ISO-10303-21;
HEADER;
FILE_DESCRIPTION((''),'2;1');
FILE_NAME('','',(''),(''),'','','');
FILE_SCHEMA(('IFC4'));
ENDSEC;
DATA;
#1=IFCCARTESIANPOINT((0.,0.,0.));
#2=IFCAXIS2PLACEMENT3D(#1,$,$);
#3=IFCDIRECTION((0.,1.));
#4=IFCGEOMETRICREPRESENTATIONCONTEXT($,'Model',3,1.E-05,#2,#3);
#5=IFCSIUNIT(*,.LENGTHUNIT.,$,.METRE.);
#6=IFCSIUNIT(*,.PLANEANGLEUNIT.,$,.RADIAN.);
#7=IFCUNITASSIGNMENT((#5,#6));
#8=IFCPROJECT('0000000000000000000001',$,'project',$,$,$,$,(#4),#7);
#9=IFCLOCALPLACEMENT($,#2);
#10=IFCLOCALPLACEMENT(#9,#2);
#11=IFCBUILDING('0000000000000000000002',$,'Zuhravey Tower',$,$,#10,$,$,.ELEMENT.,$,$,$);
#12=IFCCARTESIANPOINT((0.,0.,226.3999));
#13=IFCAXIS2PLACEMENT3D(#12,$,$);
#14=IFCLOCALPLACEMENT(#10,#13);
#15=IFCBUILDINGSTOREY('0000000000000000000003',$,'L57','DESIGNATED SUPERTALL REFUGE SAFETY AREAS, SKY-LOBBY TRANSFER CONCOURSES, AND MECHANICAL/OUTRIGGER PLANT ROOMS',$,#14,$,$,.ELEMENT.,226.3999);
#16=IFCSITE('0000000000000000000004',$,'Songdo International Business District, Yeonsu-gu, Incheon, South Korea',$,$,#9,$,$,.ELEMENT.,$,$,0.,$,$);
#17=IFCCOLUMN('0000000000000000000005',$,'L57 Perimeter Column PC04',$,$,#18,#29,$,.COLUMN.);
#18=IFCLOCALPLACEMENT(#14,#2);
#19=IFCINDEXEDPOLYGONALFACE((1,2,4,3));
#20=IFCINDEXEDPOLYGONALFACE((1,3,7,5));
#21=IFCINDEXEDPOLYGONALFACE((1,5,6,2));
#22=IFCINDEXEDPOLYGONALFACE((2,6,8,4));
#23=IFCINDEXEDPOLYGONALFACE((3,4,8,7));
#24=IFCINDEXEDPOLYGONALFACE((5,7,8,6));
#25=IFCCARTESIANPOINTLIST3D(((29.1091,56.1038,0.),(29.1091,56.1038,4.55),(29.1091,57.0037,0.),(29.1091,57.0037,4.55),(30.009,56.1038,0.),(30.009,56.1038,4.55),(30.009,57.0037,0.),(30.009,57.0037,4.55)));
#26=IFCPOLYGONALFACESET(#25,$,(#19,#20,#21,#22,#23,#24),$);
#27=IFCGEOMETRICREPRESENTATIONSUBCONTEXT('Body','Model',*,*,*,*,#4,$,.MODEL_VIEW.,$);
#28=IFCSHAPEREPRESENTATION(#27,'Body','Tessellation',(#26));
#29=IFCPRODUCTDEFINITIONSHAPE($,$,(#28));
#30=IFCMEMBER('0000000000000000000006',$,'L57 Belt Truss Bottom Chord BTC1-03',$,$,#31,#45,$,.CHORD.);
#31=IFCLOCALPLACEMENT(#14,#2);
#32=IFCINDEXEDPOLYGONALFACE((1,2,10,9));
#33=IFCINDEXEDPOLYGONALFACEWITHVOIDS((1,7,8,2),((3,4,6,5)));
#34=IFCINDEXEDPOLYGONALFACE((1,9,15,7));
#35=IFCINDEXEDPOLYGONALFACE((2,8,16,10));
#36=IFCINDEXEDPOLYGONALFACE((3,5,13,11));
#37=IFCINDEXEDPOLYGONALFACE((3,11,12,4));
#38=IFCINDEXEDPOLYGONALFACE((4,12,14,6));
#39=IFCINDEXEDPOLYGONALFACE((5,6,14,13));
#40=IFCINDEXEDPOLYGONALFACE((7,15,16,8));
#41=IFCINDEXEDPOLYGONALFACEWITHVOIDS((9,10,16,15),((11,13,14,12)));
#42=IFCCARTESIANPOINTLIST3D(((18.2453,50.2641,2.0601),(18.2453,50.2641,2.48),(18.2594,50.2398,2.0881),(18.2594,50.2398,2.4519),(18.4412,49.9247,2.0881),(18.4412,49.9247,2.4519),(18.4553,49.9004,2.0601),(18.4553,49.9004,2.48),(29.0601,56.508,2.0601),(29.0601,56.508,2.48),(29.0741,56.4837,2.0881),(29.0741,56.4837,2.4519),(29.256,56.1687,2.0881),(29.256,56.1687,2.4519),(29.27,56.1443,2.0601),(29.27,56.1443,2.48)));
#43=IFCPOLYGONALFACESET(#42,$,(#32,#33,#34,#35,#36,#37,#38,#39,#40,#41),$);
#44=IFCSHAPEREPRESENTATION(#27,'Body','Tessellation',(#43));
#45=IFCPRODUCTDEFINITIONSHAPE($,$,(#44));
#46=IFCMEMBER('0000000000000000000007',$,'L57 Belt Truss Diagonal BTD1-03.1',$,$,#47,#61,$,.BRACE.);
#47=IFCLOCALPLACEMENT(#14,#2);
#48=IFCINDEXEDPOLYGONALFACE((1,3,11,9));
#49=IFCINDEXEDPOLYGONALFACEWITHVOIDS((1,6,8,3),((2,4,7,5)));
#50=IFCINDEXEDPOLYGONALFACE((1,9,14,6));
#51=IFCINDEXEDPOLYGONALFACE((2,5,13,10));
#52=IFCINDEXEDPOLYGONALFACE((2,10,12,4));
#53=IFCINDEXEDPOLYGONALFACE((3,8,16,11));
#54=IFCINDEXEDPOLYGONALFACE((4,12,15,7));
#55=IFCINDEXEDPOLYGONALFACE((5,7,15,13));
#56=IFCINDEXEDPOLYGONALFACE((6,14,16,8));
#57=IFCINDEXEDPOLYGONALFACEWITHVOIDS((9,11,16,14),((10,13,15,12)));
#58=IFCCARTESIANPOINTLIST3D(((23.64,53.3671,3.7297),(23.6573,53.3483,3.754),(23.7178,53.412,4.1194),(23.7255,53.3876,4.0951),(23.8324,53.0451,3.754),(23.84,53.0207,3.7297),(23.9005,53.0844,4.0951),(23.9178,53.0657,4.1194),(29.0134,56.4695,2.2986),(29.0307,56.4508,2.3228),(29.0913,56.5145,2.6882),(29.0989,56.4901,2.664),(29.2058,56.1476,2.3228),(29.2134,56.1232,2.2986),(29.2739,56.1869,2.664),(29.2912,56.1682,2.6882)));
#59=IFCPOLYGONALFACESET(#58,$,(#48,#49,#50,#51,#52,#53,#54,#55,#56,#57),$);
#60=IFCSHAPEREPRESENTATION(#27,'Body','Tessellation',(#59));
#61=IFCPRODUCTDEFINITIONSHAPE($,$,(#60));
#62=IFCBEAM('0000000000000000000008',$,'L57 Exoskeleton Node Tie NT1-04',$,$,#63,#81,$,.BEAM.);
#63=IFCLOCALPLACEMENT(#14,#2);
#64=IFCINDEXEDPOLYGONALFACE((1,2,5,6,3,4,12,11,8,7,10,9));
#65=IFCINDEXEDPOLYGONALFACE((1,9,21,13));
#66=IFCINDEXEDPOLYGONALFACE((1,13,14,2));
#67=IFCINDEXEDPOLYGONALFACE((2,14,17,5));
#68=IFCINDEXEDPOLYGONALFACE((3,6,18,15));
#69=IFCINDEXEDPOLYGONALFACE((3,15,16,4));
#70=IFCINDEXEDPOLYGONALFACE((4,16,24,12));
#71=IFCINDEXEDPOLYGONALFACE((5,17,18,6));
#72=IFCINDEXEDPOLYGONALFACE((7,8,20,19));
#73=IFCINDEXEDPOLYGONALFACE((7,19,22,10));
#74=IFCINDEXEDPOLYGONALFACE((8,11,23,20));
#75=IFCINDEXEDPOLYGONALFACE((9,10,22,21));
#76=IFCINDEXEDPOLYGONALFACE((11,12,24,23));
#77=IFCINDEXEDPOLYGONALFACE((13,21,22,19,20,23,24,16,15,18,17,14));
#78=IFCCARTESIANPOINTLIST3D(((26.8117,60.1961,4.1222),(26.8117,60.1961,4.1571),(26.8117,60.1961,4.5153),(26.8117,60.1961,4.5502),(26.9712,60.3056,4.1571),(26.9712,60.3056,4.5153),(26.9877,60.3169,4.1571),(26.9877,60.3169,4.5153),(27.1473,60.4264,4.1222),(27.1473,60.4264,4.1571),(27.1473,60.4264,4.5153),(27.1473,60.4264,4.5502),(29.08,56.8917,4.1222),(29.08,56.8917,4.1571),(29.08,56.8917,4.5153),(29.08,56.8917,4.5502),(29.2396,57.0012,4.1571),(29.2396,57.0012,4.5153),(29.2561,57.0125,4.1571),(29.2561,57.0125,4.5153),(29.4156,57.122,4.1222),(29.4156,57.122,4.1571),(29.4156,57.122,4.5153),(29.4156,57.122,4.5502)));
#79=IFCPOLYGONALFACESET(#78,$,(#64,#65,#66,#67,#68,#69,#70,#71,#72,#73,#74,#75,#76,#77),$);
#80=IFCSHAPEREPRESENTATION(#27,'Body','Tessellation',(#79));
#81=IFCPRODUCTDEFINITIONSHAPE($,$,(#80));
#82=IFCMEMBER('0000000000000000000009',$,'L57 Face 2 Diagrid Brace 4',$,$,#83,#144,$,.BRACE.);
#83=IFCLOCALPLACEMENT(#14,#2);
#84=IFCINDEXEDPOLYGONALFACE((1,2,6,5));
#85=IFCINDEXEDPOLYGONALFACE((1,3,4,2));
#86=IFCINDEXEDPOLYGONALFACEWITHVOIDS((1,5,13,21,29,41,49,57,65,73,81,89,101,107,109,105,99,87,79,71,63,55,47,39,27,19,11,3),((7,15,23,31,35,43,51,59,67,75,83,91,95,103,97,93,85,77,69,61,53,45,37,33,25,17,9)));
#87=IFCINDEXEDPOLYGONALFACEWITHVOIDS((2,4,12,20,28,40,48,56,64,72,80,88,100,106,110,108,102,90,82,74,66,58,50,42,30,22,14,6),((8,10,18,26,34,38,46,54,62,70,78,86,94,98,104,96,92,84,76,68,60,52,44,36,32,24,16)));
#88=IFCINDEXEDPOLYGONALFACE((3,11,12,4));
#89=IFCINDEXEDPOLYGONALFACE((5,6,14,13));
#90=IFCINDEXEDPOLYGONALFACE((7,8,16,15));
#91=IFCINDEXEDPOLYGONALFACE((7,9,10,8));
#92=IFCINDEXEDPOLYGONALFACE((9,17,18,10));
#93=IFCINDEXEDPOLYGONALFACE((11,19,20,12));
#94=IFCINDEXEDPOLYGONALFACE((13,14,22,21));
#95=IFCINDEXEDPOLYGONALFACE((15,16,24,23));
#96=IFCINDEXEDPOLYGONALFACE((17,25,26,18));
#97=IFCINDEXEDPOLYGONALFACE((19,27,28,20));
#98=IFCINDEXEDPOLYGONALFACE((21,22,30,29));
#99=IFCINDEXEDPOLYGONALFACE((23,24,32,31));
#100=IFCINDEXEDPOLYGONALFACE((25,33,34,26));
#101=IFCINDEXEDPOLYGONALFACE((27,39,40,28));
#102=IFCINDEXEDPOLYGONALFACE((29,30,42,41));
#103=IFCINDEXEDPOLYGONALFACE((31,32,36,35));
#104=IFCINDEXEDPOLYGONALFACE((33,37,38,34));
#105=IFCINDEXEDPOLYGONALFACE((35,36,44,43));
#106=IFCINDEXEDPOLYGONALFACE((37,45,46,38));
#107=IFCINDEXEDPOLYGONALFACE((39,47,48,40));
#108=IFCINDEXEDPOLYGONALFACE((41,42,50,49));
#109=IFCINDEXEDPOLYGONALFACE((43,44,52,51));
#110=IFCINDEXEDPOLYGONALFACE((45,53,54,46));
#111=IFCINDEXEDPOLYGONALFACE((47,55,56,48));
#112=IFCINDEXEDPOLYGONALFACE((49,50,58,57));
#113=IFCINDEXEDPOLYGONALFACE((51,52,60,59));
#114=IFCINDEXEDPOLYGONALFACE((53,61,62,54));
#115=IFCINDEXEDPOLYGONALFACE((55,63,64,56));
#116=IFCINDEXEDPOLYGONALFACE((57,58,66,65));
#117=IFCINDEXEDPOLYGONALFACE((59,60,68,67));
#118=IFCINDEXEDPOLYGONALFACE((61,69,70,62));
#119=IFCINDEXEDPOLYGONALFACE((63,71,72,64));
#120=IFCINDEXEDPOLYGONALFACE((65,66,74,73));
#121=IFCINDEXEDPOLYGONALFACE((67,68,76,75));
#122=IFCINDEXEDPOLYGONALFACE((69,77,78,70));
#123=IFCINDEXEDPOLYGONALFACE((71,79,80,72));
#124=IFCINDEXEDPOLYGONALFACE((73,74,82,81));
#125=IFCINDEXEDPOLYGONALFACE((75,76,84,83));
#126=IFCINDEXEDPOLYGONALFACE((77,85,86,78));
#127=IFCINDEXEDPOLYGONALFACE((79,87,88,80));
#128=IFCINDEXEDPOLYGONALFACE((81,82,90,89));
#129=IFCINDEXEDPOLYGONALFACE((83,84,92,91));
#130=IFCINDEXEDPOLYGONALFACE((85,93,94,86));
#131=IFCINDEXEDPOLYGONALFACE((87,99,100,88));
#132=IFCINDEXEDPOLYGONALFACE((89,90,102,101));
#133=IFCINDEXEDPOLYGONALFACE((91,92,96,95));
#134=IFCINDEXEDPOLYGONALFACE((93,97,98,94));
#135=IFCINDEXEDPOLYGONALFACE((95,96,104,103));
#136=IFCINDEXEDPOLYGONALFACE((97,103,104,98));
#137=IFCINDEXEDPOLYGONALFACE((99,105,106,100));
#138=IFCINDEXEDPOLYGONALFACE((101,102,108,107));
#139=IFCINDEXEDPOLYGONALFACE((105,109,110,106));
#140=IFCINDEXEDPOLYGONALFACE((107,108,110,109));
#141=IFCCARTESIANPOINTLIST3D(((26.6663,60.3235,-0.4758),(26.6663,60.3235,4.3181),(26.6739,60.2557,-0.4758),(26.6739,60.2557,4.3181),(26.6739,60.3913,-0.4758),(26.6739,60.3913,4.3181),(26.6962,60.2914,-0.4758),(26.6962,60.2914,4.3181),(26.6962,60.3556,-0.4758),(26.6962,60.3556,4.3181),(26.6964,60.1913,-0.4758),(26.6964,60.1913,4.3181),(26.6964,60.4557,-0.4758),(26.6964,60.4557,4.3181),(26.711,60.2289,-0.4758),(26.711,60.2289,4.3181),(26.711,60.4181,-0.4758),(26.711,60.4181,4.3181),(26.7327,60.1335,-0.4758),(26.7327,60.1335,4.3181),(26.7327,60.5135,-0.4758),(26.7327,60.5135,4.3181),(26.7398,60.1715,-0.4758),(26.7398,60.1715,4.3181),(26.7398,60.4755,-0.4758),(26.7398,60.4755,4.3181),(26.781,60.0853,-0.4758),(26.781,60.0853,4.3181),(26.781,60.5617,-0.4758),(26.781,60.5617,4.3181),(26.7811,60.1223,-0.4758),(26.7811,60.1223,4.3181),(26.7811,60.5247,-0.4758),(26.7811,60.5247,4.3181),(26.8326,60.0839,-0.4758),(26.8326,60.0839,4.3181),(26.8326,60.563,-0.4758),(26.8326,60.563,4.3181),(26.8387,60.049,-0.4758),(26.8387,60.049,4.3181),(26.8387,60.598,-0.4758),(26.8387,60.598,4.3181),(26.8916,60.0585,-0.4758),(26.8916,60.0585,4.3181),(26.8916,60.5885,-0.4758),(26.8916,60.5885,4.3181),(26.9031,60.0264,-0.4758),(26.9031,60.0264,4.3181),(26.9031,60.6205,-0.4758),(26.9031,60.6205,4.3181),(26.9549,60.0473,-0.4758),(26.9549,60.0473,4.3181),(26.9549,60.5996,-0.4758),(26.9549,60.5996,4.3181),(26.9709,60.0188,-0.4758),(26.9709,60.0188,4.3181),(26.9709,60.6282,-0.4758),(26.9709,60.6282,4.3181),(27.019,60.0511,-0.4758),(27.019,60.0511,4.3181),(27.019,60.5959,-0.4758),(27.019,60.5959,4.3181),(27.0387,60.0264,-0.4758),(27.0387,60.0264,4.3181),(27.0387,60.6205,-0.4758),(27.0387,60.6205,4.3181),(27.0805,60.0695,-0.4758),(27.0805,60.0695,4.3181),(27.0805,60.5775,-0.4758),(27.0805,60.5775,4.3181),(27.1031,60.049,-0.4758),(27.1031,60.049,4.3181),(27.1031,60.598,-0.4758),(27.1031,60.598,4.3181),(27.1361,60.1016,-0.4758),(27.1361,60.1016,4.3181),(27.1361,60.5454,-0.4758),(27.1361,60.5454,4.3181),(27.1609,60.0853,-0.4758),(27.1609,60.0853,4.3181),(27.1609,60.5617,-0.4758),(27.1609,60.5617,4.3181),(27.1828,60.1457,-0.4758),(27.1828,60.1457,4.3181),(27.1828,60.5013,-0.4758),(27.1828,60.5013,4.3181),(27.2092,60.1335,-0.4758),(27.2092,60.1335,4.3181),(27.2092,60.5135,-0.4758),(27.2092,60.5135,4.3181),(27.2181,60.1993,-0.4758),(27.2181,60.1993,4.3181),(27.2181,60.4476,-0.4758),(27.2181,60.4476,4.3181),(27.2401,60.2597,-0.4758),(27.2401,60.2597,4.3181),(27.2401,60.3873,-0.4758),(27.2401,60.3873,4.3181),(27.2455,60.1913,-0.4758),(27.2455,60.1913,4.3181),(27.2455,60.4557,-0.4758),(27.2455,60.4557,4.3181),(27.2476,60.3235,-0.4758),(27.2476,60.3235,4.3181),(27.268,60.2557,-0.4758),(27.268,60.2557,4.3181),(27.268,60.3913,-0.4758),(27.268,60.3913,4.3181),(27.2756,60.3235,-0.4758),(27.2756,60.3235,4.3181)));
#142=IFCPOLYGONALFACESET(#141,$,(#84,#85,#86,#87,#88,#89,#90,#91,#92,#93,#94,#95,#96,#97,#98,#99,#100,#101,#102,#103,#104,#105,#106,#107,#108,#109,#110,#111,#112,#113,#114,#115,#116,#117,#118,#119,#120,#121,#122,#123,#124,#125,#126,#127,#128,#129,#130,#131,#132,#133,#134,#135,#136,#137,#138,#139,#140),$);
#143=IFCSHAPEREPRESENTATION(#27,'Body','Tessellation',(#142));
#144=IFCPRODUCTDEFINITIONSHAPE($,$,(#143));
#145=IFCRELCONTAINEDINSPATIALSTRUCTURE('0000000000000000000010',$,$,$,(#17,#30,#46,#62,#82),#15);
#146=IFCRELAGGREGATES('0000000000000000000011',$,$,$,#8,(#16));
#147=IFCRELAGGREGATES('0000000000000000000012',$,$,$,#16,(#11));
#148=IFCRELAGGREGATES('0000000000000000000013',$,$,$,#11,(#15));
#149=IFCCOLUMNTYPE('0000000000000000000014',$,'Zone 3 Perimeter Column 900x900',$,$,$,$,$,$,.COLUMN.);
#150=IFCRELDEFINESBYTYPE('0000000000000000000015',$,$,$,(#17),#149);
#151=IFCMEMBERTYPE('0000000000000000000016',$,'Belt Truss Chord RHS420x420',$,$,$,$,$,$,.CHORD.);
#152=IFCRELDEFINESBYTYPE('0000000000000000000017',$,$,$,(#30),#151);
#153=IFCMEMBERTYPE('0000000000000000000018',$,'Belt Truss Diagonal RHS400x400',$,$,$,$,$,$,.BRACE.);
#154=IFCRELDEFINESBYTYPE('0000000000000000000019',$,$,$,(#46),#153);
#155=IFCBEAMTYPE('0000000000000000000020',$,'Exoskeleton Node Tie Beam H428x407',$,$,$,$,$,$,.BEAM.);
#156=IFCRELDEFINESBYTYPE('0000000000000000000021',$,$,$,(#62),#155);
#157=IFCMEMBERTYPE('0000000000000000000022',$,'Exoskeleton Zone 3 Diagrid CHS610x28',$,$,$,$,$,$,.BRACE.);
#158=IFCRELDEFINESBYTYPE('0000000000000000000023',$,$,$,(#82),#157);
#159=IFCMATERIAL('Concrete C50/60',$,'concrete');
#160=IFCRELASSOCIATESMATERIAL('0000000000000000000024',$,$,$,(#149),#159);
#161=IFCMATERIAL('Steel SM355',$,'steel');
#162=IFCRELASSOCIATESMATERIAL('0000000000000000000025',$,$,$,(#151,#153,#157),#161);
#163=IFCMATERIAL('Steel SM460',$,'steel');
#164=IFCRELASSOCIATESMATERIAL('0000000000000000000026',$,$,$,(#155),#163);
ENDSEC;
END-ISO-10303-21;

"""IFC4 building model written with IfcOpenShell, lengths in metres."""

from ifc_helpers import new_model, si_unit, direction, frame, origin, origin_2d, place, context, subcontext, project, spatial, rectangle, hollow_rectangle, hollow_circle, i_section, extrude, material, material_profile, profile_set, type_object, element, save


model = new_model("IFC4")

# Units and contexts
model_context = context("Model", 3, precision=1e-05, world=origin(), true_north=direction((0.0, 1.0)))
body_context = subcontext(model_context, "Body", "Model", "MODEL_VIEW")
ifc_project = project(units=[si_unit("LENGTHUNIT", "METRE"), si_unit("PLANEANGLEUNIT", "RADIAN")], contexts=[model_context])

# Site, building, storey
site_placement = place(None, origin())
site = spatial("IfcSite", under=ifc_project, at=site_placement, Name="Songdo International Business District, Yeonsu-gu, Incheon, South Korea", CompositionType="ELEMENT", RefElevation=0.0)
building_placement = place(site_placement, origin())
building = spatial("IfcBuilding", under=site, at=building_placement, Name="Zuhravey Tower", CompositionType="ELEMENT")
storey_placement = place(building_placement, frame((0.0, 0.0, 226.3999)))
storey = spatial("IfcBuildingStorey", under=building, at=storey_placement, Name="L57", Description="DESIGNATED SUPERTALL REFUGE SAFETY AREAS, SKY-LOBBY TRANSFER CONCOURSES, AND MECHANICAL/OUTRIGGER PLANT ROOMS", CompositionType="ELEMENT", Elevation=226.3999)

# Column
ifc_material_1 = material(Name="Concrete C50/60", Category="concrete")
ifc_material_profile_1 = material_profile(ifc_material_1, rectangle(XDim=0.8999, YDim=0.8999, at=origin_2d()), Name="RC-900x900")
ifc_profile_set_1 = profile_set([ifc_material_profile_1], Name="Concrete C50/60")
column_type = type_object("IfcColumnType", Name="Zone 3 Perimeter Column 900x900", PredefinedType="COLUMN", material=ifc_profile_set_1)
column_placement = place(storey_placement, frame((29.5591, 56.5537, 0.0), z_axis=(0.0, 0.0, 1.0), x_axis=(-1.0, 0.0, 0.0)))
element("IfcColumn", 1, at=column_placement, inside=storey, type_object=column_type, Name="L57 Perimeter Column PC04", PredefinedType="COLUMN", context=body_context, shape_type="SweptSolid", body=[
    extrude(rectangle(XDim=0.8999, YDim=0.8999, at=origin_2d()), origin(), (0.0, 0.0, 1.0), 4.55),
])

# Members
ifc_material_2 = material(Name="Steel SM355", Category="steel")
ifc_material_profile_2 = material_profile(ifc_material_2, hollow_rectangle(XDim=0.4199, YDim=0.4199, WallThickness=0.0281, at=origin_2d()), Name="RHS-420x420x28")
ifc_profile_set_2 = profile_set([ifc_material_profile_2], Name="Steel SM355")
member_type_1 = type_object("IfcMemberType", Name="Belt Truss Chord RHS420x420", PredefinedType="CHORD", material=ifc_profile_set_2)
member_1_placement = place(storey_placement, frame((29.165, 56.3262, 2.27), z_axis=(-0.866024, -0.500002, 0.0), x_axis=(0.500002, -0.866024, 0.0)))
element("IfcMember", 2, at=member_1_placement, inside=storey, type_object=member_type_1, Name="L57 Belt Truss Bottom Chord BTC1-03", PredefinedType="CHORD", context=body_context, shape_type="SweptSolid", body=[
    extrude(hollow_rectangle(XDim=0.4199, YDim=0.4199, WallThickness=0.0281, at=origin_2d()), origin(), (0.0, 0.0, 1.0), 12.4878),
])
ifc_material_profile_3 = material_profile(ifc_material_2, hollow_rectangle(XDim=0.3999, YDim=0.3999, WallThickness=0.0249, at=origin_2d()), Name="RHS-400x400x25")
ifc_profile_set_3 = profile_set([ifc_material_profile_3], Name="Steel SM355")
member_type_2 = type_object("IfcMemberType", Name="Belt Truss Diagonal RHS400x400", PredefinedType="BRACE", material=ifc_profile_set_3)
member_2_placement = place(storey_placement, frame((29.1523, 56.3188, 2.4934), z_axis=(-0.843861, -0.487223, 0.224748), x_axis=(0.500015, -0.866017, 0.0)))
element("IfcMember", 3, at=member_2_placement, inside=storey, type_object=member_type_2, Name="L57 Belt Truss Diagonal BTD1-03.1", PredefinedType="BRACE", context=body_context, shape_type="SweptSolid", body=[
    extrude(hollow_rectangle(XDim=0.3999, YDim=0.3999, WallThickness=0.0249, at=origin_2d()), origin(), (0.0, 0.0, 1.0), 6.3677),
])

# Beam
ifc_material_3 = material(Name="Steel SM460", Category="steel")
ifc_material_profile_4 = material_profile(ifc_material_3, i_section(OverallWidth=0.407, OverallDepth=0.428, WebThickness=0.02, FlangeThickness=0.0349, at=origin_2d()), Name="H-428x407x20x35")
ifc_profile_set_4 = profile_set([ifc_material_profile_4], Name="Steel SM460")
beam_type_1 = type_object("IfcBeamType", Name="Exoskeleton Node Tie Beam H428x407", PredefinedType="BEAM", material=ifc_profile_set_4)
beam_1_placement = place(storey_placement, frame((29.2478, 57.0068, 4.3362), z_axis=(-0.565937, 0.824449, 0.0), x_axis=(-0.824449, -0.565937, 0.0)))
element("IfcBeam", 4, at=beam_1_placement, inside=storey, type_object=beam_type_1, Name="L57 Exoskeleton Node Tie NT1-04", PredefinedType="BEAM", context=body_context, shape_type="SweptSolid", body=[
    extrude(i_section(OverallWidth=0.407, OverallDepth=0.428, WebThickness=0.02, FlangeThickness=0.0349, at=origin_2d()), origin(), (0.0, 0.0, 1.0), 4.0081),
])

# Member
ifc_material_profile_5 = material_profile(ifc_material_2, hollow_circle(Radius=0.3047, WallThickness=0.0281, at=origin_2d()), Name="CHS-609.6x28")
ifc_profile_set_5 = profile_set([ifc_material_profile_5], Name="Steel SM355")
member_type_3 = type_object("IfcMemberType", Name="Exoskeleton Zone 3 Diagrid CHS610x28", PredefinedType="BRACE", material=ifc_profile_set_5)
member_3_placement = place(storey_placement, frame((26.9709, 60.3235, -0.4758), z_axis=(0.0, 0.0, 1.0), x_axis=(1.0, 0.0, 0.0)))
element("IfcMember", 5, at=member_3_placement, inside=storey, type_object=member_type_3, Name="L57 Face 2 Diagrid Brace 4", PredefinedType="BRACE", context=body_context, shape_type="SweptSolid", body=[
    extrude(hollow_circle(Radius=0.3047, WallThickness=0.0281, at=origin_2d()), origin(), (0.0, 0.0, 1.0), 4.7939),
])

save(model, "model.ifc")
